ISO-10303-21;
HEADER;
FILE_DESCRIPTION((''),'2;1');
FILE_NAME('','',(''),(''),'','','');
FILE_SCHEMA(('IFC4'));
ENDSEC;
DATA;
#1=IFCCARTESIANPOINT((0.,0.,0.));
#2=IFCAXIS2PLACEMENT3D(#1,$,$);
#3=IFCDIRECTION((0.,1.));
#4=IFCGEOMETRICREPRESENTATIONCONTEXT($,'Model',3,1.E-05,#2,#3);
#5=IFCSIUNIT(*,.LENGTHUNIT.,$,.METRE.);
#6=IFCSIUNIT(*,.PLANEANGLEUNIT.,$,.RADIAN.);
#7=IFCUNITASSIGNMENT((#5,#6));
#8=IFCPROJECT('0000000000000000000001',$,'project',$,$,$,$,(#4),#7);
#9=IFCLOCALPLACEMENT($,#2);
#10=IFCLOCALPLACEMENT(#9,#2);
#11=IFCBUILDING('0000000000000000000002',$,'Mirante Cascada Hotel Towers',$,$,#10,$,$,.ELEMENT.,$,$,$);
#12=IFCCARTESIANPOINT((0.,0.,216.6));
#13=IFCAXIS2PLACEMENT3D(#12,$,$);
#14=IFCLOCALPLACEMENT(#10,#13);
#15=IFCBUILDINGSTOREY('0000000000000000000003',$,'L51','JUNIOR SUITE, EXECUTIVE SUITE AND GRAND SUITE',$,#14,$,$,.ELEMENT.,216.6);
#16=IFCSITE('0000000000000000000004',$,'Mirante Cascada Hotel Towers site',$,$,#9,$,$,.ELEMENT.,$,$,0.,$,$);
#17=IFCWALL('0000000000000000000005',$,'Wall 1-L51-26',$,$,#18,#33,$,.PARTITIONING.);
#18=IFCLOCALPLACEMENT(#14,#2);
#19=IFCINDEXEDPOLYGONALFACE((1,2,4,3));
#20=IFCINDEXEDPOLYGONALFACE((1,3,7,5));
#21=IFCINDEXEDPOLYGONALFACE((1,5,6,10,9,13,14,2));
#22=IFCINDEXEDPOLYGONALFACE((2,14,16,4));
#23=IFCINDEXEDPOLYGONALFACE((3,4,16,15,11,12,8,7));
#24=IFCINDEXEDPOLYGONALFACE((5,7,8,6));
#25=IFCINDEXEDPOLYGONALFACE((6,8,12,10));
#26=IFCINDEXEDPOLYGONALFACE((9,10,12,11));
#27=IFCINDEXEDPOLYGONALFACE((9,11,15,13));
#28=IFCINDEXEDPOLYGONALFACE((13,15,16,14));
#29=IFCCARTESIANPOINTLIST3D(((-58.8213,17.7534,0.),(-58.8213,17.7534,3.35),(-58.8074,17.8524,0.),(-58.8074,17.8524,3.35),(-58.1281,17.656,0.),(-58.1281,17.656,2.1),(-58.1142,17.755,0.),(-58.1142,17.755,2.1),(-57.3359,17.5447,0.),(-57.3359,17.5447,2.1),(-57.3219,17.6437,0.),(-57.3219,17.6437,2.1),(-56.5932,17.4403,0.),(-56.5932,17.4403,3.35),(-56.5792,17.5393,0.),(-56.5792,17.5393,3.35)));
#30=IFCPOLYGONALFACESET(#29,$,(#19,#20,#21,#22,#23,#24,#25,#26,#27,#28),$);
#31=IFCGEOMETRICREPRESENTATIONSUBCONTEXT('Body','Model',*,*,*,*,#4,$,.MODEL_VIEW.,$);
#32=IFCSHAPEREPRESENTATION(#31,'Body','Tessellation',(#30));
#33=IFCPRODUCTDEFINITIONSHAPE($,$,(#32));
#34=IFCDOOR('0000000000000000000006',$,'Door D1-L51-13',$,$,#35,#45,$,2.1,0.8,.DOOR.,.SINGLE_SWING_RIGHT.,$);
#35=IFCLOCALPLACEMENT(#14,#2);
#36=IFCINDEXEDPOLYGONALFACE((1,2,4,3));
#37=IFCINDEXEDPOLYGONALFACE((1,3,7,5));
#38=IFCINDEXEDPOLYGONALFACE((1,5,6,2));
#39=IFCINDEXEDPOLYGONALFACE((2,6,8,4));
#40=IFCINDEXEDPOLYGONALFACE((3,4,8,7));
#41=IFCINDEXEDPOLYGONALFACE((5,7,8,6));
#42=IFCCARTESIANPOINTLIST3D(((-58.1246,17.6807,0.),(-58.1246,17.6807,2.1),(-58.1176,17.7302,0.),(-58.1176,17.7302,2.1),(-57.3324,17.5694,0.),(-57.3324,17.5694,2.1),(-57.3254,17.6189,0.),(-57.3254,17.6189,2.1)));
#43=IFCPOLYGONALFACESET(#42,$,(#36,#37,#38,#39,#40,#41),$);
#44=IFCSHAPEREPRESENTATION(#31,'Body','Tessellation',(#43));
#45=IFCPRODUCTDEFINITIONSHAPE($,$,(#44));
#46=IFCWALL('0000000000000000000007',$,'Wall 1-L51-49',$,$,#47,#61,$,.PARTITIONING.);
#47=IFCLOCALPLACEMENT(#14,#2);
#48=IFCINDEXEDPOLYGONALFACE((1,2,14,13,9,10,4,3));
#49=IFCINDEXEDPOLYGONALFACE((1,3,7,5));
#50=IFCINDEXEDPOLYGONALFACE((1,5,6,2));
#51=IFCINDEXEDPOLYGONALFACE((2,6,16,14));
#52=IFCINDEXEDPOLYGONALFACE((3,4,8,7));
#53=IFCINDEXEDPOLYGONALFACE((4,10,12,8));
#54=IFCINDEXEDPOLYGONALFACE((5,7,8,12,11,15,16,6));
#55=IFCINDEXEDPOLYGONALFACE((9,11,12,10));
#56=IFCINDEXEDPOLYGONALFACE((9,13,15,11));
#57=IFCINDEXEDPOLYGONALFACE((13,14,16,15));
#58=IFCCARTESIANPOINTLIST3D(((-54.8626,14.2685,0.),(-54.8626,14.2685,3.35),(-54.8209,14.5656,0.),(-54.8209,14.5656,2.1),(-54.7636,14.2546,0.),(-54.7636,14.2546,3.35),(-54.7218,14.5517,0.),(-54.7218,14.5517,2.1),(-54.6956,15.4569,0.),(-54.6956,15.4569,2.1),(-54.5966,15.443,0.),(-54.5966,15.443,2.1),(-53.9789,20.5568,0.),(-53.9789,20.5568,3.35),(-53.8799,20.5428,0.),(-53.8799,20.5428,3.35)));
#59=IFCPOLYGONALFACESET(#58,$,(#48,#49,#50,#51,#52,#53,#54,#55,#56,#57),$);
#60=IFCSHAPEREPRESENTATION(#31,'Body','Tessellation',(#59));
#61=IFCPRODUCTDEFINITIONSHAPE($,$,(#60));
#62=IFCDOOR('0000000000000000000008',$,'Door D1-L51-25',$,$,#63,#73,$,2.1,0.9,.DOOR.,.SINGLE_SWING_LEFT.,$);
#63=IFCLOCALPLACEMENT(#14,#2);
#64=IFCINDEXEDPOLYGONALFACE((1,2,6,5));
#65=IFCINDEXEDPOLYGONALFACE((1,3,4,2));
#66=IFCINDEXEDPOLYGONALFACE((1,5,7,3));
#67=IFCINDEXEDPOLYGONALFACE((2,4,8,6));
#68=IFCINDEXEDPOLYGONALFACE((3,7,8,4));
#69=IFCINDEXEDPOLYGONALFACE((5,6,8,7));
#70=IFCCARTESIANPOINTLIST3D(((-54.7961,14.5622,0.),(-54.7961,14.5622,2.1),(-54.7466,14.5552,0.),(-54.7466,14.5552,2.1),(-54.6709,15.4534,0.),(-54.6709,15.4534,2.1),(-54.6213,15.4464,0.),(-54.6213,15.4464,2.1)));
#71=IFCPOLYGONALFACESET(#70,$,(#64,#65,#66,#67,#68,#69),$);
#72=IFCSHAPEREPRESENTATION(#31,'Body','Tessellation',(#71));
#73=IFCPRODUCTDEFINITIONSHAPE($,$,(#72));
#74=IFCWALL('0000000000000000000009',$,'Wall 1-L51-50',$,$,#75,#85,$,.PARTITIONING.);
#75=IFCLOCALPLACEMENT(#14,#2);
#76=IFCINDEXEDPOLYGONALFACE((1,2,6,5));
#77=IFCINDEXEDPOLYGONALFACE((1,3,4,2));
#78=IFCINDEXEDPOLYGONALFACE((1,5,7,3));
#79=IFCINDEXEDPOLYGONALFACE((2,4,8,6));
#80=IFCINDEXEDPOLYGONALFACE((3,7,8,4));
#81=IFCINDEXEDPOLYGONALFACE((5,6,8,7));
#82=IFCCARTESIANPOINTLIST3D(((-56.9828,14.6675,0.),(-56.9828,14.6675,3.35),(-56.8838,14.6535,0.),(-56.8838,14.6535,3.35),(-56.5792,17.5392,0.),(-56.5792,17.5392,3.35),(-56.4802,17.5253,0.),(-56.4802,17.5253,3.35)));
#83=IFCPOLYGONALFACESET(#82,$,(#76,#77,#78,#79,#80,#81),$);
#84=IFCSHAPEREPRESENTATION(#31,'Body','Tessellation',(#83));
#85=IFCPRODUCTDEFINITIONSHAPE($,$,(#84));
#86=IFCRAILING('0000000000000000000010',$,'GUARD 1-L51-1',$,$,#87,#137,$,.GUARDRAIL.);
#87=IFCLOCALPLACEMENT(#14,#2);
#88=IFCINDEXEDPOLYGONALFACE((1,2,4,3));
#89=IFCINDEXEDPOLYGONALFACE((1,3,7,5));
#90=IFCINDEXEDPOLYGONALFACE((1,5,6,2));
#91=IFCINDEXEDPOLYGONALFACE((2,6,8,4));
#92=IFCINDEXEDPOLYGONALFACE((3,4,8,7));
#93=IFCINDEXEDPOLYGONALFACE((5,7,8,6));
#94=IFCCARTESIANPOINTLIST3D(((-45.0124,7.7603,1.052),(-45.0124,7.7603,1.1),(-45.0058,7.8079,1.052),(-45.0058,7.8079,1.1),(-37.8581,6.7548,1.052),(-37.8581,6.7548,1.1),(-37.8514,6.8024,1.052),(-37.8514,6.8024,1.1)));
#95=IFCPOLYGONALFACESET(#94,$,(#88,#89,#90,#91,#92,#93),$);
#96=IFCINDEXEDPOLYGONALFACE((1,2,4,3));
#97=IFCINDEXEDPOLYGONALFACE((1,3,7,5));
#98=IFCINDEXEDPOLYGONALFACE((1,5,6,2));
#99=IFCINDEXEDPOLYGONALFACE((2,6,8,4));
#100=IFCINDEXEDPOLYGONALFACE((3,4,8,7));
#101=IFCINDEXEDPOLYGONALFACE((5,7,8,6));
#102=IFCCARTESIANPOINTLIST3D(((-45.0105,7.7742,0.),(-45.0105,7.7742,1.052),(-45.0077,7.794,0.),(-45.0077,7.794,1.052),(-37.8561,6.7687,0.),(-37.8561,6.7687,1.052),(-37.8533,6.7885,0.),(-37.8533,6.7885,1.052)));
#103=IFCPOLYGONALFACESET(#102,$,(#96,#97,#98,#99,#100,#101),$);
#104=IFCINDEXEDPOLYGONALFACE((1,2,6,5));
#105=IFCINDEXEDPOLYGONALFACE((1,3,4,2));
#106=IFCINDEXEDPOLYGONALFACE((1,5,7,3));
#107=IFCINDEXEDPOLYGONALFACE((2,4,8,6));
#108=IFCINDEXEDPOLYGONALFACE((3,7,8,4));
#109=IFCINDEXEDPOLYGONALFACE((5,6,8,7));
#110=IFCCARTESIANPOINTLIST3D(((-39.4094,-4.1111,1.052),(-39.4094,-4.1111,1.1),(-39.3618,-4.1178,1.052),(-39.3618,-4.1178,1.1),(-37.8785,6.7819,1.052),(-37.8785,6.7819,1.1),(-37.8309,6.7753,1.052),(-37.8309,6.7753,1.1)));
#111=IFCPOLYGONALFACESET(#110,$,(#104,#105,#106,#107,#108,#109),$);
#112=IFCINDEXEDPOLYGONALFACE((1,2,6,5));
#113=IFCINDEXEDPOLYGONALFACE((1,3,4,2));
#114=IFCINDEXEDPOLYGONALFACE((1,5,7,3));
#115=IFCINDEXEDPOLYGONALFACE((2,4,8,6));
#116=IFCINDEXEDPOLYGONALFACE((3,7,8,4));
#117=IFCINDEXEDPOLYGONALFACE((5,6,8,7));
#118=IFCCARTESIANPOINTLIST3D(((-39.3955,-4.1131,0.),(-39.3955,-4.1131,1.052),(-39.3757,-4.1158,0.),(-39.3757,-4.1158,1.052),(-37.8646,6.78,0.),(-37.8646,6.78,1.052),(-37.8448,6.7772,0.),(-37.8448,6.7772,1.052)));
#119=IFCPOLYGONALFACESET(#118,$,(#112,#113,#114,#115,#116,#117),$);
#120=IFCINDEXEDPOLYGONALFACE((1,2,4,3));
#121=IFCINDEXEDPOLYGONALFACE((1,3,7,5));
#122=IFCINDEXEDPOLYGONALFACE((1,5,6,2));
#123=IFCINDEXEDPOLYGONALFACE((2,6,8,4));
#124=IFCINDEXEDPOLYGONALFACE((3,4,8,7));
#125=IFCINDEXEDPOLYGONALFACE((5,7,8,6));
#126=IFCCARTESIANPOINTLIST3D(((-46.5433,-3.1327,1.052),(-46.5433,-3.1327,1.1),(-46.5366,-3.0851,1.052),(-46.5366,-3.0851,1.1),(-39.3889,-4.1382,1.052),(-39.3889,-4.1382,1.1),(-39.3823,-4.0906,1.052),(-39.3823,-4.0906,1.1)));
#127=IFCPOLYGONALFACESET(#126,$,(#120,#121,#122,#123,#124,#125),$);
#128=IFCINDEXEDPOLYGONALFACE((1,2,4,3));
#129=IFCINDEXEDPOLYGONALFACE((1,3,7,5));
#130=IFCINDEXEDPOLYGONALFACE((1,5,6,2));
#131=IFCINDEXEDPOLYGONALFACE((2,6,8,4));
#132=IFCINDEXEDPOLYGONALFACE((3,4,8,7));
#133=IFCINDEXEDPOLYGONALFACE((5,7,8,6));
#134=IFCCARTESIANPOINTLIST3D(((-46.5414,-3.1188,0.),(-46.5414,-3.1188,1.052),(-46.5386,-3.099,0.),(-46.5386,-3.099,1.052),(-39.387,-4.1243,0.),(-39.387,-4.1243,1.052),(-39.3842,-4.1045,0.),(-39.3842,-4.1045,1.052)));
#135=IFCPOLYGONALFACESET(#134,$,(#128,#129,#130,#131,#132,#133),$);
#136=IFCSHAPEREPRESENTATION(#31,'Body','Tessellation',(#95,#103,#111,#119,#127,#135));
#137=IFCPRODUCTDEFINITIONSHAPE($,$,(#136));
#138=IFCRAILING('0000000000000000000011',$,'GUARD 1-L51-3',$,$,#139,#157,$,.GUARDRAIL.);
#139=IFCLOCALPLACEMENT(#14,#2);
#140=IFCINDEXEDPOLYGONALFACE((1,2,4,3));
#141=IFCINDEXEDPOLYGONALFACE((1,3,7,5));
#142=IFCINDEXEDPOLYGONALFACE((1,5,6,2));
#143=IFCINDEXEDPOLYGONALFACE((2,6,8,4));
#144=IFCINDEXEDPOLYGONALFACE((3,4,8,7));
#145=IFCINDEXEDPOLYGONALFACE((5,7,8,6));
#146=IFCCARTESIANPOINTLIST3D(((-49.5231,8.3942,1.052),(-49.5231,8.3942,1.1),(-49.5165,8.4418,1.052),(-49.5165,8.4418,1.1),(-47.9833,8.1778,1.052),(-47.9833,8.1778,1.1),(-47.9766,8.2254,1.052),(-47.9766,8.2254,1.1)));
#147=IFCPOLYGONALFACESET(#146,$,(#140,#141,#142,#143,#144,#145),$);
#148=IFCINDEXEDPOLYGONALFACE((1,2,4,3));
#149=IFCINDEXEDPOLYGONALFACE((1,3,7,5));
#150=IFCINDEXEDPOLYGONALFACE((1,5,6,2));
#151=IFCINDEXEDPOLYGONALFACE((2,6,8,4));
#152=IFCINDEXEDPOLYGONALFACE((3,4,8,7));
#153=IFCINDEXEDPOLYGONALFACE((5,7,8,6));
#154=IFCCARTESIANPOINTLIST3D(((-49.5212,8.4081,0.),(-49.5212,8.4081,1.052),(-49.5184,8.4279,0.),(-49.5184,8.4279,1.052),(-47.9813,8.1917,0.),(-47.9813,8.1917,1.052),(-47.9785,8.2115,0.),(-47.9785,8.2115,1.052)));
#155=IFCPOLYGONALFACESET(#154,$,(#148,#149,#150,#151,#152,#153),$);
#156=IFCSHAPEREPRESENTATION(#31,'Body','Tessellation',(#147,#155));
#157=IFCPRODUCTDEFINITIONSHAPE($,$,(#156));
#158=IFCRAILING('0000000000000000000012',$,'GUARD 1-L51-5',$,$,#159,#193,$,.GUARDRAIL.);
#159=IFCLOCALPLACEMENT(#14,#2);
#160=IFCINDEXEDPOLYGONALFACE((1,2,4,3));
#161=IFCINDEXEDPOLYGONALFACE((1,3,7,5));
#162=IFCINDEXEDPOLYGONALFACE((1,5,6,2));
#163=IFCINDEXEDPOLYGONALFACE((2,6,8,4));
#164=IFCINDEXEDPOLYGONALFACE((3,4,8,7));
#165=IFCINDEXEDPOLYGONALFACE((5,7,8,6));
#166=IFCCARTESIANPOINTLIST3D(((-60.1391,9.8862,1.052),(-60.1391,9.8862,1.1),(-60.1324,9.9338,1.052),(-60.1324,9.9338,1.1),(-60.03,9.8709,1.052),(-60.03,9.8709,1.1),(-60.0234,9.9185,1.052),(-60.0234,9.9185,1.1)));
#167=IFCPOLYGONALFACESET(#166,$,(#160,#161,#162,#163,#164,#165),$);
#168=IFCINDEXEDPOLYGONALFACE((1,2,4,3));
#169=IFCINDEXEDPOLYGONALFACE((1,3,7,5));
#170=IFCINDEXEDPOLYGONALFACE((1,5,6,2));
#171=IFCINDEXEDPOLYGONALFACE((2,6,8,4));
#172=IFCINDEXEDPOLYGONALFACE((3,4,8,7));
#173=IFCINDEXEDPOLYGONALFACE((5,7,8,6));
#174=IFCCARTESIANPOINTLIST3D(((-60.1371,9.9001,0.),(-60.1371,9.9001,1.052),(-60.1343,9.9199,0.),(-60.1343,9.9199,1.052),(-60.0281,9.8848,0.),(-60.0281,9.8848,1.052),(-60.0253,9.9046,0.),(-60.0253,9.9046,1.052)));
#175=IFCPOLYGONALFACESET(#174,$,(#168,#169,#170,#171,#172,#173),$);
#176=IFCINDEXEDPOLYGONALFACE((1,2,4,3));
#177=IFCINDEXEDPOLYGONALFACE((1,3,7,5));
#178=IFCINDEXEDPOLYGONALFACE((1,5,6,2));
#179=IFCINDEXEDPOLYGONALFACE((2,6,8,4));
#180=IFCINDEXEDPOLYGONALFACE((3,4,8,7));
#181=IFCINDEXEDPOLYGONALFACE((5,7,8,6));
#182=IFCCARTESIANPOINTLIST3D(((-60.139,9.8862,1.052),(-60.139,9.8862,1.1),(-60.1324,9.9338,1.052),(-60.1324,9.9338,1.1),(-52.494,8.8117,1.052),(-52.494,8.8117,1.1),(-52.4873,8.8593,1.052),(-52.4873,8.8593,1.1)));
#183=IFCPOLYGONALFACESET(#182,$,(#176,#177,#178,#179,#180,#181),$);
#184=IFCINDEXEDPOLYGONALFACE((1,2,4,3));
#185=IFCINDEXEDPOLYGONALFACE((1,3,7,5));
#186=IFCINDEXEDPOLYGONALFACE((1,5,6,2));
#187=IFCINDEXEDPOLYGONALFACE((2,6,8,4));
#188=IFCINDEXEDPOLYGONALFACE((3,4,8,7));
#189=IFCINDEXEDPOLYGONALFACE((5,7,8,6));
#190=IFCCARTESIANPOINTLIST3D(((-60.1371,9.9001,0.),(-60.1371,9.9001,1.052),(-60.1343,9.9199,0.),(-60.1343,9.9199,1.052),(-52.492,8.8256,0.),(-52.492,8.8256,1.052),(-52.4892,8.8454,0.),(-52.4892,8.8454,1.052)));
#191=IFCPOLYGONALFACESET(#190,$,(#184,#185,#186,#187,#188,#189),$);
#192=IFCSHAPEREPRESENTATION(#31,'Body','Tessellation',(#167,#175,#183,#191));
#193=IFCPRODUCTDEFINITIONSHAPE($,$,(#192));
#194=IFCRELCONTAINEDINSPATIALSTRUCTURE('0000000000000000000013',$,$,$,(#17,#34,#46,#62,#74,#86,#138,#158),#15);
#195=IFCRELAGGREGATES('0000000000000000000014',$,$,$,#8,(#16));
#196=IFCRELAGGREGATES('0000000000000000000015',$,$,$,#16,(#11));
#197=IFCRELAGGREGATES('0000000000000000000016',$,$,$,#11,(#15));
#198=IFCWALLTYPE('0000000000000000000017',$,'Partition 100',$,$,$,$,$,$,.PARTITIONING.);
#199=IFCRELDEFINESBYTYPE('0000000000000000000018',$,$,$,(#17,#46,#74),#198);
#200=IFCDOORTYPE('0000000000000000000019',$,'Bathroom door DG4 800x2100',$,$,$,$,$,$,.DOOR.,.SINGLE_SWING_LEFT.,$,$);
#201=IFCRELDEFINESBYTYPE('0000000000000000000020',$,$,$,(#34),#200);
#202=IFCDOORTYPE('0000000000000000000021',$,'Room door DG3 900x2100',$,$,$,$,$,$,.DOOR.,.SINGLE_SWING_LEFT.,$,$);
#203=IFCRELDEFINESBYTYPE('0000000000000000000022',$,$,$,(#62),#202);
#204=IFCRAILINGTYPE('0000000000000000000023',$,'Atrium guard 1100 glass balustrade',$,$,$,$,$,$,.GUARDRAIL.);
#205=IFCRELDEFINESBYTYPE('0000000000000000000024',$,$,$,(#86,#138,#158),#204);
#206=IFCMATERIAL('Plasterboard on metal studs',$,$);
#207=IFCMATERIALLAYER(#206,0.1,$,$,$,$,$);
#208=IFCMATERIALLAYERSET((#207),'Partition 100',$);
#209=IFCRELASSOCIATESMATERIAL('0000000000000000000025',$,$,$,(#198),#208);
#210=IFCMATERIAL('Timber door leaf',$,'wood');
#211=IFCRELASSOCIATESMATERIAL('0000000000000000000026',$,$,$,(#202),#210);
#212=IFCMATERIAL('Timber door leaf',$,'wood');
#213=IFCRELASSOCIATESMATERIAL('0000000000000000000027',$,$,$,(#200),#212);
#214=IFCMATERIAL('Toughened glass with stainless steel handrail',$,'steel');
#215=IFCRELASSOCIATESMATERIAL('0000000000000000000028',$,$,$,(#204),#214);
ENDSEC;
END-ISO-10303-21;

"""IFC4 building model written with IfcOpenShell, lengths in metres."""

from ifc_helpers import new_model, si_unit, direction, frame, frame_2d, origin, origin_2d, place, context, subcontext, project, spatial, rectangle, extrude, material, layer, layer_set, type_object, element, fill, save


model = new_model("IFC4")

# Units and contexts
model_context = context("Model", 3, precision=1e-05, world=origin(), true_north=direction((0.0, 1.0)))
body_context = subcontext(model_context, "Body", "Model", "MODEL_VIEW")
ifc_project = project(units=[si_unit("LENGTHUNIT", "METRE"), si_unit("PLANEANGLEUNIT", "RADIAN")], contexts=[model_context])

# Site, building, storey
site_placement = place(None, origin())
site = spatial("IfcSite", under=ifc_project, at=site_placement, Name="Mirante Cascada Hotel Towers site", CompositionType="ELEMENT", RefElevation=0.0)
building_placement = place(site_placement, origin())
building = spatial("IfcBuilding", under=site, at=building_placement, Name="Mirante Cascada Hotel Towers", CompositionType="ELEMENT")
storey_placement = place(building_placement, frame((0.0, 0.0, 216.6)))
storey = spatial("IfcBuildingStorey", under=building, at=storey_placement, Name="L51", Description="JUNIOR SUITE, EXECUTIVE SUITE AND GRAND SUITE", CompositionType="ELEMENT", Elevation=216.6)

# Shared definitions
ifc_material_1 = material(Name="Plasterboard on metal studs")
ifc_layer_1 = layer(ifc_material_1, 0.1)
ifc_layer_set_1 = layer_set([ifc_layer_1], Name="Partition 100")
wall_type_1 = type_object("IfcWallType", Name="Partition 100", PredefinedType="PARTITIONING", material=ifc_layer_set_1)

# Shared definitions
ifc_material_2 = material(Name="Timber door leaf", Category="wood")
door_type_1 = type_object("IfcDoorType", Name="Room door DG3 900x2100", OperationType="SINGLE_SWING_LEFT", PredefinedType="DOOR", material=ifc_material_2)

# Walls, openings, doors
wall_1_placement = place(storey_placement, frame((-56.5862, 17.4898, 0.0), z_axis=(0.0, 0.0, 1.0), x_axis=(-0.990271, 0.139156, 0.0)))
wall_1 = element("IfcWall", 1, at=wall_1_placement, inside=storey, type_object=wall_type_1, Name="Wall 1-L51-26", PredefinedType="PARTITIONING", context=body_context, shape_type="SweptSolid", body=[
    extrude(rectangle(XDim=2.25, YDim=0.1, at=frame_2d((1.125, 0.0))), origin(), (0.0, 0.0, 1.0), 3.35),
])
opening_1_placement = place(wall_1_placement, frame((0.75, 0.0, 0.0)))
opening_1 = element("IfcOpeningElement", 2, at=opening_1_placement, cuts=wall_1, PredefinedType="OPENING", context=body_context, shape_type="SweptSolid", body=[
    extrude(rectangle(XDim=0.8, YDim=2.1, at=frame_2d((0.4, 1.05))), frame((0.0, 0.05, 0.0), z_axis=(0.0, -1.0, 0.0), x_axis=(1.0, 0.0, 0.0)), (0.0, 0.0, 1.0), 0.1),
])
ifc_material_3 = material(Name="Timber door leaf", Category="wood")
door_type_2 = type_object("IfcDoorType", Name="Bathroom door DG4 800x2100", OperationType="SINGLE_SWING_LEFT", PredefinedType="DOOR", material=ifc_material_3)
door_1_placement = place(opening_1_placement, frame((0.8, 0.0, 0.0), z_axis=(0.0, 0.0, 1.0), x_axis=(-1.0, 0.0, 0.0)))
door_1 = element("IfcDoor", 3, at=door_1_placement, inside=storey, type_object=door_type_2, Name="Door D1-L51-13", OperationType="SINGLE_SWING_RIGHT", OverallHeight=2.1, OverallWidth=0.8, PredefinedType="DOOR", context=body_context, shape_type="SweptSolid", body=[
    extrude(rectangle(XDim=0.8, YDim=2.1, at=frame_2d((0.4, 1.05))), frame((0.0, 0.025, 0.0), z_axis=(0.0, -1.0, 0.0), x_axis=(1.0, 0.0, 0.0)), (0.0, 0.0, 1.0), 0.05),
])
fill(opening_1, door_1)
wall_2_placement = place(storey_placement, frame((-53.9294, 20.5498, 0.0), z_axis=(0.0, 0.0, 1.0), x_axis=(-0.139166, -0.990269, 0.0)))
wall_2 = element("IfcWall", 4, at=wall_2_placement, inside=storey, type_object=wall_type_1, Name="Wall 1-L51-49", PredefinedType="PARTITIONING", context=body_context, shape_type="SweptSolid", body=[
    extrude(rectangle(XDim=6.35, YDim=0.1, at=frame_2d((3.175, 0.0))), origin(), (0.0, 0.0, 1.0), 3.35),
])
opening_2_placement = place(wall_2_placement, frame((5.15, 0.0, 0.0)))
opening_2 = element("IfcOpeningElement", 5, at=opening_2_placement, cuts=wall_2, PredefinedType="OPENING", context=body_context, shape_type="SweptSolid", body=[
    extrude(rectangle(XDim=0.9, YDim=2.1, at=frame_2d((0.45, 1.05))), frame((0.0, 0.05, 0.0), z_axis=(0.0, -1.0, 0.0), x_axis=(1.0, 0.0, 0.0)), (0.0, 0.0, 1.0), 0.1),
])
door_2_placement = place(opening_2_placement, origin())
door_2 = element("IfcDoor", 6, at=door_2_placement, inside=storey, type_object=door_type_1, Name="Door D1-L51-25", OperationType="SINGLE_SWING_LEFT", OverallHeight=2.1, OverallWidth=0.9, PredefinedType="DOOR", context=body_context, shape_type="SweptSolid", body=[
    extrude(rectangle(XDim=0.9, YDim=2.1, at=frame_2d((0.45, 1.05))), frame((0.0, 0.025, 0.0), z_axis=(0.0, -1.0, 0.0), x_axis=(1.0, 0.0, 0.0)), (0.0, 0.0, 1.0), 0.05),
])
fill(opening_2, door_2)

# Wall
wall_3_placement = place(storey_placement, frame((-56.9333, 14.6605, 0.0), z_axis=(0.0, 0.0, 1.0), x_axis=(0.139171, 0.990268, 0.0)))
element("IfcWall", 7, at=wall_3_placement, inside=storey, type_object=wall_type_1, Name="Wall 1-L51-50", PredefinedType="PARTITIONING", context=body_context, shape_type="SweptSolid", body=[
    extrude(rectangle(XDim=2.9, YDim=0.1, at=frame_2d((1.45, 0.0))), origin(), (0.0, 0.0, 1.0), 3.35),
])

# Railings
ifc_material_4 = material(Name="Toughened glass with stainless steel handrail", Category="steel")
railing_type = type_object("IfcRailingType", Name="Atrium guard 1100 glass balustrade", PredefinedType="GUARDRAIL", material=ifc_material_4)
railing_1_placement = place(storey_placement, frame((-45.0091, 7.7841, 0.0)))
element("IfcRailing", 8, at=railing_1_placement, inside=storey, type_object=railing_type, Name="GUARD 1-L51-1", PredefinedType="GUARDRAIL", context=body_context, shape_type="SweptSolid", body=[
    extrude(rectangle(XDim=0.048, YDim=0.048, at=origin_2d()), frame((0.0, 0.0, 1.076), z_axis=(0.990268, -0.139175, 0.0), x_axis=(0.139175, 0.990268, 0.0)), (0.0, 0.0, 1.0), 7.2247),
    extrude(rectangle(XDim=0.02, YDim=1.052, at=origin_2d()), frame((0.0, 0.0, 0.526), z_axis=(0.990268, -0.139175, 0.0), x_axis=(0.139175, 0.990268, 0.0)), (0.0, 0.0, 1.0), 7.2247),
    extrude(rectangle(XDim=0.048, YDim=0.048, at=origin_2d()), frame((7.1544, -1.0055, 1.076), z_axis=(-0.139172, -0.990268, 0.0), x_axis=(0.990268, -0.139172, 0.0)), (0.0, 0.0, 1.0), 11.0001),
    extrude(rectangle(XDim=0.02, YDim=1.052, at=origin_2d()), frame((7.1544, -1.0055, 0.526), z_axis=(-0.139172, -0.990268, 0.0), x_axis=(0.990268, -0.139172, 0.0)), (0.0, 0.0, 1.0), 11.0001),
    extrude(rectangle(XDim=0.048, YDim=0.048, at=origin_2d()), frame((5.6235, -11.8985, 1.076), z_axis=(-0.990268, 0.139175, 0.0), x_axis=(-0.139175, -0.990268, 0.0)), (0.0, 0.0, 1.0), 7.2247),
    extrude(rectangle(XDim=0.02, YDim=1.052, at=origin_2d()), frame((5.6235, -11.8985, 0.526), z_axis=(-0.990268, 0.139175, 0.0), x_axis=(-0.139175, -0.990268, 0.0)), (0.0, 0.0, 1.0), 7.2247),
])
railing_2_placement = place(storey_placement, frame((-49.5198, 8.418, 0.0)))
element("IfcRailing", 9, at=railing_2_placement, inside=storey, type_object=railing_type, Name="GUARD 1-L51-3", PredefinedType="GUARDRAIL", context=body_context, shape_type="SweptSolid", body=[
    extrude(rectangle(XDim=0.048, YDim=0.048, at=origin_2d()), frame((0.0, 0.0, 1.076), z_axis=(0.99027, -0.139161, 0.0), x_axis=(0.139161, 0.99027, 0.0)), (0.0, 0.0, 1.0), 1.555),
    extrude(rectangle(XDim=0.02, YDim=1.052, at=origin_2d()), frame((0.0, 0.0, 0.526), z_axis=(0.99027, -0.139161, 0.0), x_axis=(0.139161, 0.99027, 0.0)), (0.0, 0.0, 1.0), 1.555),
])
railing_3_placement = place(storey_placement, frame((-60.0267, 9.8947, 0.0)))
element("IfcRailing", 10, at=railing_3_placement, inside=storey, type_object=railing_type, Name="GUARD 1-L51-5", PredefinedType="GUARDRAIL", context=body_context, shape_type="SweptSolid", body=[
    extrude(rectangle(XDim=0.048, YDim=0.048, at=origin_2d()), frame((0.0, 0.0, 1.076), z_axis=(-0.990292, 0.139004, 0.0), x_axis=(-0.139004, -0.990292, 0.0)), (0.0, 0.0, 1.0), 0.1101),
    extrude(rectangle(XDim=0.02, YDim=1.052, at=origin_2d()), frame((0.0, 0.0, 0.526), z_axis=(-0.990292, 0.139004, 0.0), x_axis=(-0.139004, -0.990292, 0.0)), (0.0, 0.0, 1.0), 0.1101),
    extrude(rectangle(XDim=0.048, YDim=0.048, at=origin_2d()), frame((-0.109, 0.0153, 1.076), z_axis=(0.990267, -0.13918, 0.0), x_axis=(0.13918, 0.990267, 0.0)), (0.0, 0.0, 1.0), 7.7202),
    extrude(rectangle(XDim=0.02, YDim=1.052, at=origin_2d()), frame((-0.109, 0.0153, 0.526), z_axis=(0.990267, -0.13918, 0.0), x_axis=(0.13918, 0.990267, 0.0)), (0.0, 0.0, 1.0), 7.7202),
])

save(model, "model.ifc")
